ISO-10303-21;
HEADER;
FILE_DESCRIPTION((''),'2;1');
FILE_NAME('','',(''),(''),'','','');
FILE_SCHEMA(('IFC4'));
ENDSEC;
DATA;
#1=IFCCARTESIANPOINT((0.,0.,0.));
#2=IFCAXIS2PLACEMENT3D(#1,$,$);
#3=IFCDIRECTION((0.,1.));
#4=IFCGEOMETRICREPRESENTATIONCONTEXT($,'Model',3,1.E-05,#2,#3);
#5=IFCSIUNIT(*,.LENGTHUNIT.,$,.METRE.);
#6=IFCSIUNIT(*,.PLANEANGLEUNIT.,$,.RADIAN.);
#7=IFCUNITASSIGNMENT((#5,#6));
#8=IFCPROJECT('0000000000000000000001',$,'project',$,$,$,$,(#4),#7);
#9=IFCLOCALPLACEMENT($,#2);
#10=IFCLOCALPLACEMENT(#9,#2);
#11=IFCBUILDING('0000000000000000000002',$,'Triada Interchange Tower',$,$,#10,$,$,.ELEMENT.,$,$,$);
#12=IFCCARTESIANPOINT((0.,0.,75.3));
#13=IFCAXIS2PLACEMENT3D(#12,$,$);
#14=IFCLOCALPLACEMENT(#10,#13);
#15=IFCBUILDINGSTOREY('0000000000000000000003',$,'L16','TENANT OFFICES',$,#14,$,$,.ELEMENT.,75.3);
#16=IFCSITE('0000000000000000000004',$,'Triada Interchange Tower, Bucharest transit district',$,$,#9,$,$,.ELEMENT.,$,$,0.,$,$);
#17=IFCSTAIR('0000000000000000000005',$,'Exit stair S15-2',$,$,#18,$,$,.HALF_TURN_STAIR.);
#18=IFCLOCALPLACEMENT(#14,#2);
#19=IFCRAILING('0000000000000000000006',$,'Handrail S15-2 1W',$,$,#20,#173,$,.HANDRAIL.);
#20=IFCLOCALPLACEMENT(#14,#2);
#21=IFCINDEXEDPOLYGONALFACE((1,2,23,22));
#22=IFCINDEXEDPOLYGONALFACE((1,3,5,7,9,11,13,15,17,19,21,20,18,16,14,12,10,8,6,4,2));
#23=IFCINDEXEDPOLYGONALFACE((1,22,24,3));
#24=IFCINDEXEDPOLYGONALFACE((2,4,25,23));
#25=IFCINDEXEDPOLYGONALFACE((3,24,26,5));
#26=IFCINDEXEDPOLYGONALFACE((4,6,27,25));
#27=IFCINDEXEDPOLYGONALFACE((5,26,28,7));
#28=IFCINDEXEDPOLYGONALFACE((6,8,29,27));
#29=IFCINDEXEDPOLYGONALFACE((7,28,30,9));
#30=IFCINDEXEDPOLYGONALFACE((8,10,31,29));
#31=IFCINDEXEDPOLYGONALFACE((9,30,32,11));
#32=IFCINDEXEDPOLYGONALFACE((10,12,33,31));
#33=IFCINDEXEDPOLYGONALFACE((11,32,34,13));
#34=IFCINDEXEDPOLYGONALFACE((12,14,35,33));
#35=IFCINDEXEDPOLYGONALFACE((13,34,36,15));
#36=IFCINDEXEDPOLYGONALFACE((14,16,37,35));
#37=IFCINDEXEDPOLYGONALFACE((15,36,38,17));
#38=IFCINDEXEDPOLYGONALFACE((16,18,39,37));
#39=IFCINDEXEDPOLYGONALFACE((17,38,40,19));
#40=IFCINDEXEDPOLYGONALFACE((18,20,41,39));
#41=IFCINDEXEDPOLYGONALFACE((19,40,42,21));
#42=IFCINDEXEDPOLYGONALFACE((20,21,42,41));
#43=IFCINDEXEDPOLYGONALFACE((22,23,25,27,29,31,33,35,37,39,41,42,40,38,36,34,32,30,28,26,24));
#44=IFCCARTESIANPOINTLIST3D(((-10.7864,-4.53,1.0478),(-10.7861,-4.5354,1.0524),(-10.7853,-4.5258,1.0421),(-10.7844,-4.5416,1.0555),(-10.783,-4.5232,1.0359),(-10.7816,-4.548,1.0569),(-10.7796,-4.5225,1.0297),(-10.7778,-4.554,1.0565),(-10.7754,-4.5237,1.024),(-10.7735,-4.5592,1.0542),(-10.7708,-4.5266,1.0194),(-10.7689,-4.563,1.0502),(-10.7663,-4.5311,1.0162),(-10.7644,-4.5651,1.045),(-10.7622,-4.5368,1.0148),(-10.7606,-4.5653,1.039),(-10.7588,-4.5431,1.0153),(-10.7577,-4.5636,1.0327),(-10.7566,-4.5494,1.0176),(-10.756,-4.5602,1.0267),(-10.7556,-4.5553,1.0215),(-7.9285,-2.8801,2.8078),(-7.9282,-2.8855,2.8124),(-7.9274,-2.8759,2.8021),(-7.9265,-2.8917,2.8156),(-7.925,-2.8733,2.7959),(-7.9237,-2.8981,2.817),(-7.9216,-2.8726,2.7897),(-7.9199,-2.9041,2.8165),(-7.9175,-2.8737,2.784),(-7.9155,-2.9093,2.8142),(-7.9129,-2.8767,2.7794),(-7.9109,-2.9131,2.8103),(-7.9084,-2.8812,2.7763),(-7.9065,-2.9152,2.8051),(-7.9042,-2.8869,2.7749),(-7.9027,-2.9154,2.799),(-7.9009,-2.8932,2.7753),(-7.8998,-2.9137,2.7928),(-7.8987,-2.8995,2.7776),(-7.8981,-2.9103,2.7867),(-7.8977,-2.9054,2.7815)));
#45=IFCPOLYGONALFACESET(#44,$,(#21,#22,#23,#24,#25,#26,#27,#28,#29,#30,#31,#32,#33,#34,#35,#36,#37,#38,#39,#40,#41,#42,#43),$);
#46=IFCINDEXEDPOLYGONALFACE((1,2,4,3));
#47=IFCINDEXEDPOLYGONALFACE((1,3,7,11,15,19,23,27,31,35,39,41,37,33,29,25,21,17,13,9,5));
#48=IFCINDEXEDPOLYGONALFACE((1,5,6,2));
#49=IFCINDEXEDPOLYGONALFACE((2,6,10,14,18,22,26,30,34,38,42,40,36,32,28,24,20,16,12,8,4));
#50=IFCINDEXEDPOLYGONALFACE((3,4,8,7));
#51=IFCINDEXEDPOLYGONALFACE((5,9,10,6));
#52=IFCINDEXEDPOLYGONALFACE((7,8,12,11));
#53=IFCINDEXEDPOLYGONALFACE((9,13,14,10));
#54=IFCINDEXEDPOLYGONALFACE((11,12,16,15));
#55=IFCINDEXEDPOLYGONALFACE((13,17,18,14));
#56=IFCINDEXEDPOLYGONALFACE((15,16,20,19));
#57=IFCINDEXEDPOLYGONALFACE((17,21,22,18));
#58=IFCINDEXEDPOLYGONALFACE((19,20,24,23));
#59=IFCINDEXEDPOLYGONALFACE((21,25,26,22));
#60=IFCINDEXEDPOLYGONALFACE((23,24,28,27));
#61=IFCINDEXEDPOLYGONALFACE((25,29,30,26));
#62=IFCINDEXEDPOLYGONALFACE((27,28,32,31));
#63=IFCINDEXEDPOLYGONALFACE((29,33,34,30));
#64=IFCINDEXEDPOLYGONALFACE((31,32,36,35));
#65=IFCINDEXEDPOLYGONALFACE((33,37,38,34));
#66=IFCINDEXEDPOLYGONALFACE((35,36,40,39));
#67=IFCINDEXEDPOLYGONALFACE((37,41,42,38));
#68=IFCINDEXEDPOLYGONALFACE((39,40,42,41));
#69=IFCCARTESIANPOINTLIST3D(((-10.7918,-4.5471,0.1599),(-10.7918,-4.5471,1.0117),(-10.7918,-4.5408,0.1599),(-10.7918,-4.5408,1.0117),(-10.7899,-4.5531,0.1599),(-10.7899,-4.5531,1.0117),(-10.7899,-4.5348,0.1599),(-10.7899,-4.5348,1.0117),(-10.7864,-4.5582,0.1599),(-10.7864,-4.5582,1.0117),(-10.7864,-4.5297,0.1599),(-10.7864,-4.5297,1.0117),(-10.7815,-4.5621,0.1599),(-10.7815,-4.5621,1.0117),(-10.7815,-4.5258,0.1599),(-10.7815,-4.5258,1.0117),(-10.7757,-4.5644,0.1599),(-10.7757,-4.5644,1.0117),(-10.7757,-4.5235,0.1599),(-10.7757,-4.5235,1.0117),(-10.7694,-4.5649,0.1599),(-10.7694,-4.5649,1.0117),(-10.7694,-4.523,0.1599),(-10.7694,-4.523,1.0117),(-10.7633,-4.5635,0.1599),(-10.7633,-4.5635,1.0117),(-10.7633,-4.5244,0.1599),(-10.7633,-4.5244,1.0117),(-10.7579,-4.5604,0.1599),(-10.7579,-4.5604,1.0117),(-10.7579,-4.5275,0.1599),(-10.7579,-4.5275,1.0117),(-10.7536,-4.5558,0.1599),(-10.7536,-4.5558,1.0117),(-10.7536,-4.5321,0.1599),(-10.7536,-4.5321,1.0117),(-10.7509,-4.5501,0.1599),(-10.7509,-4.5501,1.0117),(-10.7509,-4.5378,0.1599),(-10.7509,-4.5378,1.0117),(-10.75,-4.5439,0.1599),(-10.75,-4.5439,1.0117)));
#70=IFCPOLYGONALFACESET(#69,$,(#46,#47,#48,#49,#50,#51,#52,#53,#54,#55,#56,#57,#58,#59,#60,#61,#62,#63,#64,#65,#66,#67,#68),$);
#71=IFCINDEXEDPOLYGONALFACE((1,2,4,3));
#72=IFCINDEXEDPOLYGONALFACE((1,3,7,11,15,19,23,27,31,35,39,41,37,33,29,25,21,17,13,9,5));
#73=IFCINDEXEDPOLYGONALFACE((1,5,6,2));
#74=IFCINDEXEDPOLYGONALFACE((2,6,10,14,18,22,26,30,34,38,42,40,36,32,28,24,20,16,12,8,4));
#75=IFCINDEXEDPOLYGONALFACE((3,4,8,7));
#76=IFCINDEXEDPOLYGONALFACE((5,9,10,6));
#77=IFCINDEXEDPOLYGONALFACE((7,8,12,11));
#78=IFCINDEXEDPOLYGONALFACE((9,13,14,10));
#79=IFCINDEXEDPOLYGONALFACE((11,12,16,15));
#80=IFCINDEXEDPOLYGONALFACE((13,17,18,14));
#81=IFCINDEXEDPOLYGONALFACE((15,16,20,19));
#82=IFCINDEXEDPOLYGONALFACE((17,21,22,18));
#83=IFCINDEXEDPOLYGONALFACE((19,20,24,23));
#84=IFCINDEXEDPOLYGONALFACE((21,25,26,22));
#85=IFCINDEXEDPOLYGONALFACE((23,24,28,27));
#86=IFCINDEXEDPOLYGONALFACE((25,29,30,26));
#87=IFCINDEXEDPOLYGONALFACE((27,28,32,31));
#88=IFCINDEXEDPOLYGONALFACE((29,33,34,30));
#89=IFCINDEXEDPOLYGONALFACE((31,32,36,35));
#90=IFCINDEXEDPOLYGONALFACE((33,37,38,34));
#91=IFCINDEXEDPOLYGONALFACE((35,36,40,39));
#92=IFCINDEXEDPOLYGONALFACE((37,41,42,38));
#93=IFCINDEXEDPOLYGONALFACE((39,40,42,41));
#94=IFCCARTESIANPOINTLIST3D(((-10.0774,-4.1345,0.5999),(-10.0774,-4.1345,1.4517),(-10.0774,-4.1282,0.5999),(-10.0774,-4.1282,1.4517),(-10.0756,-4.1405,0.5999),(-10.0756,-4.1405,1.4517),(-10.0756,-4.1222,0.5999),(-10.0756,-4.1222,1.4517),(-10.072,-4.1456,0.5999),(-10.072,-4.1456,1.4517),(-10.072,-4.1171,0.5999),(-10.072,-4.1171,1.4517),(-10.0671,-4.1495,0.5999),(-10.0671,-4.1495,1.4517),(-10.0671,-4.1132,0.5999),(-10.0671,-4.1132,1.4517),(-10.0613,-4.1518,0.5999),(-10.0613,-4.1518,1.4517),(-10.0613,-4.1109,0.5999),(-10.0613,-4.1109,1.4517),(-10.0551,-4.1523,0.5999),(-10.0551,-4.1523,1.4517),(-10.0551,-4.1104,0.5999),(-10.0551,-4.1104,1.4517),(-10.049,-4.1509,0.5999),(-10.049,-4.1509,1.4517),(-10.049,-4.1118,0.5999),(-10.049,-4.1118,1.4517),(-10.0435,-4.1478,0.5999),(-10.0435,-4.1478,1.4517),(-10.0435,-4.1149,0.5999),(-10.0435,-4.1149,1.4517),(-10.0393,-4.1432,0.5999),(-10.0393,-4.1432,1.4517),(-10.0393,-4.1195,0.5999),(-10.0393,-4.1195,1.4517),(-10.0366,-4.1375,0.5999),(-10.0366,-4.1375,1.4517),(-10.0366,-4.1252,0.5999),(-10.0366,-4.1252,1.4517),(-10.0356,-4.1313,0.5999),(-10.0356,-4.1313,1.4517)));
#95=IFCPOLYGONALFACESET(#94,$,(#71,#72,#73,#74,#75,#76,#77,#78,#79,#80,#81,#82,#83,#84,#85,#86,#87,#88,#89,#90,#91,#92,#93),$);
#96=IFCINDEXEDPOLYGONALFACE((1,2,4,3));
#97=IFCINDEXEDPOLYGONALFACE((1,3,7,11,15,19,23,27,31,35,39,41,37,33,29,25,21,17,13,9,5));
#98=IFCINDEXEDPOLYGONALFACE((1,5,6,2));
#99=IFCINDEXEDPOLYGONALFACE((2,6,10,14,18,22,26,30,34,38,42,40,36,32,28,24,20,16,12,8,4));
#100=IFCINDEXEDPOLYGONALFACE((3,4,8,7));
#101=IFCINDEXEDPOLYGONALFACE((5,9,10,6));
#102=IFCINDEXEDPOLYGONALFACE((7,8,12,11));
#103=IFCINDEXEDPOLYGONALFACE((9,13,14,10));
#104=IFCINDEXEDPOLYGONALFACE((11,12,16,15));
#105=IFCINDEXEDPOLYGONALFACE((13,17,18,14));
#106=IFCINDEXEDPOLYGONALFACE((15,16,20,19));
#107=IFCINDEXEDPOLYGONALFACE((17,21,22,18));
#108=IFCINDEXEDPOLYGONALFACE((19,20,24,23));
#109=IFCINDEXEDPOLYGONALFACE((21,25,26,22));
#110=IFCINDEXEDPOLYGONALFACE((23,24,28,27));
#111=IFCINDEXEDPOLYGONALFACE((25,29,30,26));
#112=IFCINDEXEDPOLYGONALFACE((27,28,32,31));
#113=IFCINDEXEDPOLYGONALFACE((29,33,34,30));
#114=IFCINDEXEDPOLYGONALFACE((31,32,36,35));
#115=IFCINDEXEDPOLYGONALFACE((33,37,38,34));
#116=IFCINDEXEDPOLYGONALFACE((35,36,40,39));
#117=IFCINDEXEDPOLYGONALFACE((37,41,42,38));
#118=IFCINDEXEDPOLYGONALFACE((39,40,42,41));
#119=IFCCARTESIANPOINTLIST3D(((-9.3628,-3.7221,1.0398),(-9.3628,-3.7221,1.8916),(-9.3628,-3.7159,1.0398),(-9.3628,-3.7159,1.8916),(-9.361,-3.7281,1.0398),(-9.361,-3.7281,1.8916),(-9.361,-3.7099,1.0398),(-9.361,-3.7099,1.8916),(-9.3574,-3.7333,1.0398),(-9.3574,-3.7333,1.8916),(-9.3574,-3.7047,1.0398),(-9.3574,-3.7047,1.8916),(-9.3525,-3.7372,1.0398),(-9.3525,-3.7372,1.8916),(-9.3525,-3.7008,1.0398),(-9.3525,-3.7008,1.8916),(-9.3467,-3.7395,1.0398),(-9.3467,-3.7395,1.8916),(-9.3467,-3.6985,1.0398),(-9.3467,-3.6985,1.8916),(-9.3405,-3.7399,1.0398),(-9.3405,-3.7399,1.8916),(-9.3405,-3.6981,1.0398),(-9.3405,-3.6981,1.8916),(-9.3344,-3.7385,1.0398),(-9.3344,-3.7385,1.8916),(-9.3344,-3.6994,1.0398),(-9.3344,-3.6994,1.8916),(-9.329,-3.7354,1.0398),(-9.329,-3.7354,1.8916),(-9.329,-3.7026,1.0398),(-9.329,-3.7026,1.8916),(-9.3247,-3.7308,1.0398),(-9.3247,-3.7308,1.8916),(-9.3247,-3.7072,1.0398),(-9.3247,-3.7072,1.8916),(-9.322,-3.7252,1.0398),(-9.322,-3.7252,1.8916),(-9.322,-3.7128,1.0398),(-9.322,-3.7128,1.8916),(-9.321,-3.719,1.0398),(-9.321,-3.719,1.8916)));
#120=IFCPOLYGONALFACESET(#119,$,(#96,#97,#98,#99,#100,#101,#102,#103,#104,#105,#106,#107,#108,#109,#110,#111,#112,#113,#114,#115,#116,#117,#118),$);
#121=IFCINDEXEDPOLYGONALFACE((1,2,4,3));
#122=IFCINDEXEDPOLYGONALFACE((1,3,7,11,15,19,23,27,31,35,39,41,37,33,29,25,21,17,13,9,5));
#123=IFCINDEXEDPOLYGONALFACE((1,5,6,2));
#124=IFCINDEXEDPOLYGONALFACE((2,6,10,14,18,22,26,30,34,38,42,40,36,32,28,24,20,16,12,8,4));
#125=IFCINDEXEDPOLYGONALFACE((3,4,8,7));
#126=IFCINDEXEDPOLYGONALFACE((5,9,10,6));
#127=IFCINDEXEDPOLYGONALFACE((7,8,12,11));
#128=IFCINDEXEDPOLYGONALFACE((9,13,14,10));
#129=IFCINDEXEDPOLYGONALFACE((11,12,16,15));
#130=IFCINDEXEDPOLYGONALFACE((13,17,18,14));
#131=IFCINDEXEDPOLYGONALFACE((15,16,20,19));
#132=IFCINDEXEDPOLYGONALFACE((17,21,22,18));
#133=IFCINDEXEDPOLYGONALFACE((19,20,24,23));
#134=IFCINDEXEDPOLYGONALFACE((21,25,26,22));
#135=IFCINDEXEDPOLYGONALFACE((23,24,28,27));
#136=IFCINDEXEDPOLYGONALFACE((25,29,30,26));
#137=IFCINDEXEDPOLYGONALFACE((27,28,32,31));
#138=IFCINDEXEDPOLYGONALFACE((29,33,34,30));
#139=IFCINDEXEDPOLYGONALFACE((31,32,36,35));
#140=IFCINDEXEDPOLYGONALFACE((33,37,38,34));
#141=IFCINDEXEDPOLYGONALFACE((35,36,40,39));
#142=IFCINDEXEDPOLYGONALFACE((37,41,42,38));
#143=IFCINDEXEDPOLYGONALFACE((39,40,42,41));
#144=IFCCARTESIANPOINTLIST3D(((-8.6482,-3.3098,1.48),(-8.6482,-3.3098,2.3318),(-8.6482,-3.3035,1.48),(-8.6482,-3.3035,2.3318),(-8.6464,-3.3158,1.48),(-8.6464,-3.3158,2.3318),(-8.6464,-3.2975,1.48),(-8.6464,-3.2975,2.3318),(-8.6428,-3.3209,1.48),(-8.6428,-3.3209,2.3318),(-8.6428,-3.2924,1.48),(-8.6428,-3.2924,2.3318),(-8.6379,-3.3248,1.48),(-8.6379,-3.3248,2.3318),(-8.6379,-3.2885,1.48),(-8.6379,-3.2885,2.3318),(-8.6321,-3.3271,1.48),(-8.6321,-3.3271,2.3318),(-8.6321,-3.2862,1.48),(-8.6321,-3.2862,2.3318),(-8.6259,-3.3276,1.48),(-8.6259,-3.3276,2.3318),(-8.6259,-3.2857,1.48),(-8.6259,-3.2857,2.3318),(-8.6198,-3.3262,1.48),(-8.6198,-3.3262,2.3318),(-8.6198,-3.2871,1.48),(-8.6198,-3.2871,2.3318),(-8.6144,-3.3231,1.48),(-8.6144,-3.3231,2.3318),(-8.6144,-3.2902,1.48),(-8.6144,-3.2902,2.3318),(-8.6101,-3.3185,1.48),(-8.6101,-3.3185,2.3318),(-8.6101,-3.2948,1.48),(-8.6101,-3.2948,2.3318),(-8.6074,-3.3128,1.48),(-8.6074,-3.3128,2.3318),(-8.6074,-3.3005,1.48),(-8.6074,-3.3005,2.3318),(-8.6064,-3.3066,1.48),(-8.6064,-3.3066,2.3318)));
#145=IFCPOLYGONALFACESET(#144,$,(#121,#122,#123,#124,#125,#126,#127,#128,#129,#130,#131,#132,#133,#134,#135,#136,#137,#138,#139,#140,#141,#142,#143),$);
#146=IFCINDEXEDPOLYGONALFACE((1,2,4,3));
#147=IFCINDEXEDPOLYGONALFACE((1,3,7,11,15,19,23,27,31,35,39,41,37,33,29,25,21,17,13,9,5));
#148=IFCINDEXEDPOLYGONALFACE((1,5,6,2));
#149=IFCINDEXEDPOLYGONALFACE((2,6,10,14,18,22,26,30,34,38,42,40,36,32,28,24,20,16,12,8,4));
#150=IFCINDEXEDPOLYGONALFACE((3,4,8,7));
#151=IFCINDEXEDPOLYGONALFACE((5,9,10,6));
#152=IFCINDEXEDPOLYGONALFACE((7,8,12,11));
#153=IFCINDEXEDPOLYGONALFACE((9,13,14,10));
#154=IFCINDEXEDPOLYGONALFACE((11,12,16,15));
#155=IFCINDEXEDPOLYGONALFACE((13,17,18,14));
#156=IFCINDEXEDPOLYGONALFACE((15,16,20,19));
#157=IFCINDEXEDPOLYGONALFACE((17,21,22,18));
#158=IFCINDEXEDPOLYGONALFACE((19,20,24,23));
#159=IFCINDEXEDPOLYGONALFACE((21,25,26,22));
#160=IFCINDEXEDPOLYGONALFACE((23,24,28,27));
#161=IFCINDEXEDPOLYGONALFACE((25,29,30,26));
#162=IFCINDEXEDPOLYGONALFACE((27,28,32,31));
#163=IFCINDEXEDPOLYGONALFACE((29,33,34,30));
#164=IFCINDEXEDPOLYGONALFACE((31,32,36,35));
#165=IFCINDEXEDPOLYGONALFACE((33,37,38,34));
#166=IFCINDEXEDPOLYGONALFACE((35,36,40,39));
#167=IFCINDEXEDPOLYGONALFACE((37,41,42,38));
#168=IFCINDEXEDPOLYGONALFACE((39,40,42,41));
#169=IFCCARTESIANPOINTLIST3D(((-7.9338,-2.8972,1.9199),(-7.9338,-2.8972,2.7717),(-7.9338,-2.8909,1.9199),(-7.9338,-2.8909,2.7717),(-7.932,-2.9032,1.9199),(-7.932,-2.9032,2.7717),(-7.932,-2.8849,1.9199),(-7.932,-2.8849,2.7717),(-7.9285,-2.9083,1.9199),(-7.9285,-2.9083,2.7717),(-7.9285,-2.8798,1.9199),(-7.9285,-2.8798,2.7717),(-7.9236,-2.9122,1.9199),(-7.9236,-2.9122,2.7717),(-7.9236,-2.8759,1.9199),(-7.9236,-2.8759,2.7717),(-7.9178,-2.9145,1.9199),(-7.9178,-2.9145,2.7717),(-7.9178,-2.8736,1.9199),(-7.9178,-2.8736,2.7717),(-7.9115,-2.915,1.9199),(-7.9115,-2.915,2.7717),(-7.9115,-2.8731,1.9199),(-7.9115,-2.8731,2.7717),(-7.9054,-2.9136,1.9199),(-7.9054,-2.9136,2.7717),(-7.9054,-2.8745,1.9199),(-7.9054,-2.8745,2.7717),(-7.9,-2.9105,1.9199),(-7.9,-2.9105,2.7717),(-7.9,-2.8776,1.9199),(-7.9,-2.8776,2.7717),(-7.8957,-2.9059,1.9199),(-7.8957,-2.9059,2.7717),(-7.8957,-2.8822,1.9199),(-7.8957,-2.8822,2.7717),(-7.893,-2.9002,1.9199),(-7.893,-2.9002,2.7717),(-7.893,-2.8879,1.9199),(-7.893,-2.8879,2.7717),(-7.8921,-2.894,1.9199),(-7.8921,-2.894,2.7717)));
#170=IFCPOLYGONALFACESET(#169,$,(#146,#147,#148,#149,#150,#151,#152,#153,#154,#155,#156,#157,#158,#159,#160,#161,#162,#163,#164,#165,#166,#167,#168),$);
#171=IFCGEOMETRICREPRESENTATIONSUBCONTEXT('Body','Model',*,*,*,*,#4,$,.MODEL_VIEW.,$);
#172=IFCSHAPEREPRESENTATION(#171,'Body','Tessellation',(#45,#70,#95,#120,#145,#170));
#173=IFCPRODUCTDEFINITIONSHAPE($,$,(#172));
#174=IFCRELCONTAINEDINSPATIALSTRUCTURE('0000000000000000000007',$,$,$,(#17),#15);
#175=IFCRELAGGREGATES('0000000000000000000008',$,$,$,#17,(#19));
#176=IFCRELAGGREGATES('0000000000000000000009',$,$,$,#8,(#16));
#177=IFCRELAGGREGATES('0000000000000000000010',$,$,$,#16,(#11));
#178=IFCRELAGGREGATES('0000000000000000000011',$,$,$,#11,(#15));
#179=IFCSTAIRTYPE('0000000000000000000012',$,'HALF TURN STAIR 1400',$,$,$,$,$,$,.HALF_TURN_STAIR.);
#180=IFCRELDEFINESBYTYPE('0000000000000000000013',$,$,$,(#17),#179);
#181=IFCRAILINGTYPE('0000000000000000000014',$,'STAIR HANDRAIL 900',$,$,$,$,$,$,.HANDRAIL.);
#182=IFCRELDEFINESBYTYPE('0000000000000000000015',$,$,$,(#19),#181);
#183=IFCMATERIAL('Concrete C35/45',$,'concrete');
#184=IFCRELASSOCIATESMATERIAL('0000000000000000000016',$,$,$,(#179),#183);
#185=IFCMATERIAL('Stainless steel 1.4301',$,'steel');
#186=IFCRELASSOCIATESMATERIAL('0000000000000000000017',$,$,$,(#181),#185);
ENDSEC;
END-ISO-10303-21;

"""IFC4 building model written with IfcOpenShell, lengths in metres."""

from ifc_helpers import new_model, si_unit, direction, frame, origin, origin_2d, place, context, subcontext, project, spatial, circle, extrude, material, type_object, element, aggregate, save


model = new_model("IFC4")

# Units and contexts
model_context = context("Model", 3, precision=1e-05, world=origin(), true_north=direction((0.0, 1.0)))
body_context = subcontext(model_context, "Body", "Model", "MODEL_VIEW")
ifc_project = project(units=[si_unit("LENGTHUNIT", "METRE"), si_unit("PLANEANGLEUNIT", "RADIAN")], contexts=[model_context])

# Site, building, storey
site_placement = place(None, origin())
site = spatial("IfcSite", under=ifc_project, at=site_placement, Name="Triada Interchange Tower, Bucharest transit district", CompositionType="ELEMENT", RefElevation=0.0)
building_placement = place(site_placement, origin())
building = spatial("IfcBuilding", under=site, at=building_placement, Name="Triada Interchange Tower", CompositionType="ELEMENT")
storey_placement = place(building_placement, frame((0.0, 0.0, 75.3)))
storey = spatial("IfcBuildingStorey", under=building, at=storey_placement, Name="L16", Description="TENANT OFFICES", CompositionType="ELEMENT", Elevation=75.3)

# Stair, railing
ifc_material_1 = material(Name="Concrete C35/45", Category="concrete")
stair_type = type_object("IfcStairType", Name="HALF TURN STAIR 1400", PredefinedType="HALF_TURN_STAIR", material=ifc_material_1)
stair_placement = place(storey_placement, origin())
stair = element("IfcStair", 1, at=stair_placement, inside=storey, type_object=stair_type, Name="Exit stair S15-2", PredefinedType="HALF_TURN_STAIR")
ifc_material_2 = material(Name="Stainless steel 1.4301", Category="steel")
railing_type = type_object("IfcRailingType", Name="STAIR HANDRAIL 900", PredefinedType="HANDRAIL", material=ifc_material_2)
railing_1_placement = place(storey_placement, frame((-10.771, -4.5439, 0.1599)))
railing_1 = element("IfcRailing", 2, at=railing_1_placement, type_object=railing_type, Name="Handrail S15-2 1W", PredefinedType="HANDRAIL", context=body_context, shape_type="SweptSolid", body=[
    extrude(circle(Radius=0.0239, at=origin_2d()), frame((0.0, 0.0, 0.876), z_axis=(0.764151, 0.441153, 0.470593), x_axis=(-0.499974, 0.86604, 0.0)), (0.0, 0.0, 1.0), 3.74),
    extrude(circle(Radius=0.021, at=origin_2d()), origin(), (0.0, 0.0, 1.0), 0.8518),
    extrude(circle(Radius=0.021, at=origin_2d()), frame((0.7144, 0.4126, 0.4399)), (0.0, 0.0, 1.0), 0.8518),
    extrude(circle(Radius=0.021, at=origin_2d()), frame((1.429, 0.825, 0.8799)), (0.0, 0.0, 1.0), 0.8518),
    extrude(circle(Radius=0.021, at=origin_2d()), frame((2.1436, 1.2373, 1.3201)), (0.0, 0.0, 1.0), 0.8518),
    extrude(circle(Radius=0.021, at=origin_2d()), frame((2.8579, 1.6499, 1.76)), (0.0, 0.0, 1.0), 0.8518),
])
aggregate(stair, [railing_1])

save(model, "model.ifc")
